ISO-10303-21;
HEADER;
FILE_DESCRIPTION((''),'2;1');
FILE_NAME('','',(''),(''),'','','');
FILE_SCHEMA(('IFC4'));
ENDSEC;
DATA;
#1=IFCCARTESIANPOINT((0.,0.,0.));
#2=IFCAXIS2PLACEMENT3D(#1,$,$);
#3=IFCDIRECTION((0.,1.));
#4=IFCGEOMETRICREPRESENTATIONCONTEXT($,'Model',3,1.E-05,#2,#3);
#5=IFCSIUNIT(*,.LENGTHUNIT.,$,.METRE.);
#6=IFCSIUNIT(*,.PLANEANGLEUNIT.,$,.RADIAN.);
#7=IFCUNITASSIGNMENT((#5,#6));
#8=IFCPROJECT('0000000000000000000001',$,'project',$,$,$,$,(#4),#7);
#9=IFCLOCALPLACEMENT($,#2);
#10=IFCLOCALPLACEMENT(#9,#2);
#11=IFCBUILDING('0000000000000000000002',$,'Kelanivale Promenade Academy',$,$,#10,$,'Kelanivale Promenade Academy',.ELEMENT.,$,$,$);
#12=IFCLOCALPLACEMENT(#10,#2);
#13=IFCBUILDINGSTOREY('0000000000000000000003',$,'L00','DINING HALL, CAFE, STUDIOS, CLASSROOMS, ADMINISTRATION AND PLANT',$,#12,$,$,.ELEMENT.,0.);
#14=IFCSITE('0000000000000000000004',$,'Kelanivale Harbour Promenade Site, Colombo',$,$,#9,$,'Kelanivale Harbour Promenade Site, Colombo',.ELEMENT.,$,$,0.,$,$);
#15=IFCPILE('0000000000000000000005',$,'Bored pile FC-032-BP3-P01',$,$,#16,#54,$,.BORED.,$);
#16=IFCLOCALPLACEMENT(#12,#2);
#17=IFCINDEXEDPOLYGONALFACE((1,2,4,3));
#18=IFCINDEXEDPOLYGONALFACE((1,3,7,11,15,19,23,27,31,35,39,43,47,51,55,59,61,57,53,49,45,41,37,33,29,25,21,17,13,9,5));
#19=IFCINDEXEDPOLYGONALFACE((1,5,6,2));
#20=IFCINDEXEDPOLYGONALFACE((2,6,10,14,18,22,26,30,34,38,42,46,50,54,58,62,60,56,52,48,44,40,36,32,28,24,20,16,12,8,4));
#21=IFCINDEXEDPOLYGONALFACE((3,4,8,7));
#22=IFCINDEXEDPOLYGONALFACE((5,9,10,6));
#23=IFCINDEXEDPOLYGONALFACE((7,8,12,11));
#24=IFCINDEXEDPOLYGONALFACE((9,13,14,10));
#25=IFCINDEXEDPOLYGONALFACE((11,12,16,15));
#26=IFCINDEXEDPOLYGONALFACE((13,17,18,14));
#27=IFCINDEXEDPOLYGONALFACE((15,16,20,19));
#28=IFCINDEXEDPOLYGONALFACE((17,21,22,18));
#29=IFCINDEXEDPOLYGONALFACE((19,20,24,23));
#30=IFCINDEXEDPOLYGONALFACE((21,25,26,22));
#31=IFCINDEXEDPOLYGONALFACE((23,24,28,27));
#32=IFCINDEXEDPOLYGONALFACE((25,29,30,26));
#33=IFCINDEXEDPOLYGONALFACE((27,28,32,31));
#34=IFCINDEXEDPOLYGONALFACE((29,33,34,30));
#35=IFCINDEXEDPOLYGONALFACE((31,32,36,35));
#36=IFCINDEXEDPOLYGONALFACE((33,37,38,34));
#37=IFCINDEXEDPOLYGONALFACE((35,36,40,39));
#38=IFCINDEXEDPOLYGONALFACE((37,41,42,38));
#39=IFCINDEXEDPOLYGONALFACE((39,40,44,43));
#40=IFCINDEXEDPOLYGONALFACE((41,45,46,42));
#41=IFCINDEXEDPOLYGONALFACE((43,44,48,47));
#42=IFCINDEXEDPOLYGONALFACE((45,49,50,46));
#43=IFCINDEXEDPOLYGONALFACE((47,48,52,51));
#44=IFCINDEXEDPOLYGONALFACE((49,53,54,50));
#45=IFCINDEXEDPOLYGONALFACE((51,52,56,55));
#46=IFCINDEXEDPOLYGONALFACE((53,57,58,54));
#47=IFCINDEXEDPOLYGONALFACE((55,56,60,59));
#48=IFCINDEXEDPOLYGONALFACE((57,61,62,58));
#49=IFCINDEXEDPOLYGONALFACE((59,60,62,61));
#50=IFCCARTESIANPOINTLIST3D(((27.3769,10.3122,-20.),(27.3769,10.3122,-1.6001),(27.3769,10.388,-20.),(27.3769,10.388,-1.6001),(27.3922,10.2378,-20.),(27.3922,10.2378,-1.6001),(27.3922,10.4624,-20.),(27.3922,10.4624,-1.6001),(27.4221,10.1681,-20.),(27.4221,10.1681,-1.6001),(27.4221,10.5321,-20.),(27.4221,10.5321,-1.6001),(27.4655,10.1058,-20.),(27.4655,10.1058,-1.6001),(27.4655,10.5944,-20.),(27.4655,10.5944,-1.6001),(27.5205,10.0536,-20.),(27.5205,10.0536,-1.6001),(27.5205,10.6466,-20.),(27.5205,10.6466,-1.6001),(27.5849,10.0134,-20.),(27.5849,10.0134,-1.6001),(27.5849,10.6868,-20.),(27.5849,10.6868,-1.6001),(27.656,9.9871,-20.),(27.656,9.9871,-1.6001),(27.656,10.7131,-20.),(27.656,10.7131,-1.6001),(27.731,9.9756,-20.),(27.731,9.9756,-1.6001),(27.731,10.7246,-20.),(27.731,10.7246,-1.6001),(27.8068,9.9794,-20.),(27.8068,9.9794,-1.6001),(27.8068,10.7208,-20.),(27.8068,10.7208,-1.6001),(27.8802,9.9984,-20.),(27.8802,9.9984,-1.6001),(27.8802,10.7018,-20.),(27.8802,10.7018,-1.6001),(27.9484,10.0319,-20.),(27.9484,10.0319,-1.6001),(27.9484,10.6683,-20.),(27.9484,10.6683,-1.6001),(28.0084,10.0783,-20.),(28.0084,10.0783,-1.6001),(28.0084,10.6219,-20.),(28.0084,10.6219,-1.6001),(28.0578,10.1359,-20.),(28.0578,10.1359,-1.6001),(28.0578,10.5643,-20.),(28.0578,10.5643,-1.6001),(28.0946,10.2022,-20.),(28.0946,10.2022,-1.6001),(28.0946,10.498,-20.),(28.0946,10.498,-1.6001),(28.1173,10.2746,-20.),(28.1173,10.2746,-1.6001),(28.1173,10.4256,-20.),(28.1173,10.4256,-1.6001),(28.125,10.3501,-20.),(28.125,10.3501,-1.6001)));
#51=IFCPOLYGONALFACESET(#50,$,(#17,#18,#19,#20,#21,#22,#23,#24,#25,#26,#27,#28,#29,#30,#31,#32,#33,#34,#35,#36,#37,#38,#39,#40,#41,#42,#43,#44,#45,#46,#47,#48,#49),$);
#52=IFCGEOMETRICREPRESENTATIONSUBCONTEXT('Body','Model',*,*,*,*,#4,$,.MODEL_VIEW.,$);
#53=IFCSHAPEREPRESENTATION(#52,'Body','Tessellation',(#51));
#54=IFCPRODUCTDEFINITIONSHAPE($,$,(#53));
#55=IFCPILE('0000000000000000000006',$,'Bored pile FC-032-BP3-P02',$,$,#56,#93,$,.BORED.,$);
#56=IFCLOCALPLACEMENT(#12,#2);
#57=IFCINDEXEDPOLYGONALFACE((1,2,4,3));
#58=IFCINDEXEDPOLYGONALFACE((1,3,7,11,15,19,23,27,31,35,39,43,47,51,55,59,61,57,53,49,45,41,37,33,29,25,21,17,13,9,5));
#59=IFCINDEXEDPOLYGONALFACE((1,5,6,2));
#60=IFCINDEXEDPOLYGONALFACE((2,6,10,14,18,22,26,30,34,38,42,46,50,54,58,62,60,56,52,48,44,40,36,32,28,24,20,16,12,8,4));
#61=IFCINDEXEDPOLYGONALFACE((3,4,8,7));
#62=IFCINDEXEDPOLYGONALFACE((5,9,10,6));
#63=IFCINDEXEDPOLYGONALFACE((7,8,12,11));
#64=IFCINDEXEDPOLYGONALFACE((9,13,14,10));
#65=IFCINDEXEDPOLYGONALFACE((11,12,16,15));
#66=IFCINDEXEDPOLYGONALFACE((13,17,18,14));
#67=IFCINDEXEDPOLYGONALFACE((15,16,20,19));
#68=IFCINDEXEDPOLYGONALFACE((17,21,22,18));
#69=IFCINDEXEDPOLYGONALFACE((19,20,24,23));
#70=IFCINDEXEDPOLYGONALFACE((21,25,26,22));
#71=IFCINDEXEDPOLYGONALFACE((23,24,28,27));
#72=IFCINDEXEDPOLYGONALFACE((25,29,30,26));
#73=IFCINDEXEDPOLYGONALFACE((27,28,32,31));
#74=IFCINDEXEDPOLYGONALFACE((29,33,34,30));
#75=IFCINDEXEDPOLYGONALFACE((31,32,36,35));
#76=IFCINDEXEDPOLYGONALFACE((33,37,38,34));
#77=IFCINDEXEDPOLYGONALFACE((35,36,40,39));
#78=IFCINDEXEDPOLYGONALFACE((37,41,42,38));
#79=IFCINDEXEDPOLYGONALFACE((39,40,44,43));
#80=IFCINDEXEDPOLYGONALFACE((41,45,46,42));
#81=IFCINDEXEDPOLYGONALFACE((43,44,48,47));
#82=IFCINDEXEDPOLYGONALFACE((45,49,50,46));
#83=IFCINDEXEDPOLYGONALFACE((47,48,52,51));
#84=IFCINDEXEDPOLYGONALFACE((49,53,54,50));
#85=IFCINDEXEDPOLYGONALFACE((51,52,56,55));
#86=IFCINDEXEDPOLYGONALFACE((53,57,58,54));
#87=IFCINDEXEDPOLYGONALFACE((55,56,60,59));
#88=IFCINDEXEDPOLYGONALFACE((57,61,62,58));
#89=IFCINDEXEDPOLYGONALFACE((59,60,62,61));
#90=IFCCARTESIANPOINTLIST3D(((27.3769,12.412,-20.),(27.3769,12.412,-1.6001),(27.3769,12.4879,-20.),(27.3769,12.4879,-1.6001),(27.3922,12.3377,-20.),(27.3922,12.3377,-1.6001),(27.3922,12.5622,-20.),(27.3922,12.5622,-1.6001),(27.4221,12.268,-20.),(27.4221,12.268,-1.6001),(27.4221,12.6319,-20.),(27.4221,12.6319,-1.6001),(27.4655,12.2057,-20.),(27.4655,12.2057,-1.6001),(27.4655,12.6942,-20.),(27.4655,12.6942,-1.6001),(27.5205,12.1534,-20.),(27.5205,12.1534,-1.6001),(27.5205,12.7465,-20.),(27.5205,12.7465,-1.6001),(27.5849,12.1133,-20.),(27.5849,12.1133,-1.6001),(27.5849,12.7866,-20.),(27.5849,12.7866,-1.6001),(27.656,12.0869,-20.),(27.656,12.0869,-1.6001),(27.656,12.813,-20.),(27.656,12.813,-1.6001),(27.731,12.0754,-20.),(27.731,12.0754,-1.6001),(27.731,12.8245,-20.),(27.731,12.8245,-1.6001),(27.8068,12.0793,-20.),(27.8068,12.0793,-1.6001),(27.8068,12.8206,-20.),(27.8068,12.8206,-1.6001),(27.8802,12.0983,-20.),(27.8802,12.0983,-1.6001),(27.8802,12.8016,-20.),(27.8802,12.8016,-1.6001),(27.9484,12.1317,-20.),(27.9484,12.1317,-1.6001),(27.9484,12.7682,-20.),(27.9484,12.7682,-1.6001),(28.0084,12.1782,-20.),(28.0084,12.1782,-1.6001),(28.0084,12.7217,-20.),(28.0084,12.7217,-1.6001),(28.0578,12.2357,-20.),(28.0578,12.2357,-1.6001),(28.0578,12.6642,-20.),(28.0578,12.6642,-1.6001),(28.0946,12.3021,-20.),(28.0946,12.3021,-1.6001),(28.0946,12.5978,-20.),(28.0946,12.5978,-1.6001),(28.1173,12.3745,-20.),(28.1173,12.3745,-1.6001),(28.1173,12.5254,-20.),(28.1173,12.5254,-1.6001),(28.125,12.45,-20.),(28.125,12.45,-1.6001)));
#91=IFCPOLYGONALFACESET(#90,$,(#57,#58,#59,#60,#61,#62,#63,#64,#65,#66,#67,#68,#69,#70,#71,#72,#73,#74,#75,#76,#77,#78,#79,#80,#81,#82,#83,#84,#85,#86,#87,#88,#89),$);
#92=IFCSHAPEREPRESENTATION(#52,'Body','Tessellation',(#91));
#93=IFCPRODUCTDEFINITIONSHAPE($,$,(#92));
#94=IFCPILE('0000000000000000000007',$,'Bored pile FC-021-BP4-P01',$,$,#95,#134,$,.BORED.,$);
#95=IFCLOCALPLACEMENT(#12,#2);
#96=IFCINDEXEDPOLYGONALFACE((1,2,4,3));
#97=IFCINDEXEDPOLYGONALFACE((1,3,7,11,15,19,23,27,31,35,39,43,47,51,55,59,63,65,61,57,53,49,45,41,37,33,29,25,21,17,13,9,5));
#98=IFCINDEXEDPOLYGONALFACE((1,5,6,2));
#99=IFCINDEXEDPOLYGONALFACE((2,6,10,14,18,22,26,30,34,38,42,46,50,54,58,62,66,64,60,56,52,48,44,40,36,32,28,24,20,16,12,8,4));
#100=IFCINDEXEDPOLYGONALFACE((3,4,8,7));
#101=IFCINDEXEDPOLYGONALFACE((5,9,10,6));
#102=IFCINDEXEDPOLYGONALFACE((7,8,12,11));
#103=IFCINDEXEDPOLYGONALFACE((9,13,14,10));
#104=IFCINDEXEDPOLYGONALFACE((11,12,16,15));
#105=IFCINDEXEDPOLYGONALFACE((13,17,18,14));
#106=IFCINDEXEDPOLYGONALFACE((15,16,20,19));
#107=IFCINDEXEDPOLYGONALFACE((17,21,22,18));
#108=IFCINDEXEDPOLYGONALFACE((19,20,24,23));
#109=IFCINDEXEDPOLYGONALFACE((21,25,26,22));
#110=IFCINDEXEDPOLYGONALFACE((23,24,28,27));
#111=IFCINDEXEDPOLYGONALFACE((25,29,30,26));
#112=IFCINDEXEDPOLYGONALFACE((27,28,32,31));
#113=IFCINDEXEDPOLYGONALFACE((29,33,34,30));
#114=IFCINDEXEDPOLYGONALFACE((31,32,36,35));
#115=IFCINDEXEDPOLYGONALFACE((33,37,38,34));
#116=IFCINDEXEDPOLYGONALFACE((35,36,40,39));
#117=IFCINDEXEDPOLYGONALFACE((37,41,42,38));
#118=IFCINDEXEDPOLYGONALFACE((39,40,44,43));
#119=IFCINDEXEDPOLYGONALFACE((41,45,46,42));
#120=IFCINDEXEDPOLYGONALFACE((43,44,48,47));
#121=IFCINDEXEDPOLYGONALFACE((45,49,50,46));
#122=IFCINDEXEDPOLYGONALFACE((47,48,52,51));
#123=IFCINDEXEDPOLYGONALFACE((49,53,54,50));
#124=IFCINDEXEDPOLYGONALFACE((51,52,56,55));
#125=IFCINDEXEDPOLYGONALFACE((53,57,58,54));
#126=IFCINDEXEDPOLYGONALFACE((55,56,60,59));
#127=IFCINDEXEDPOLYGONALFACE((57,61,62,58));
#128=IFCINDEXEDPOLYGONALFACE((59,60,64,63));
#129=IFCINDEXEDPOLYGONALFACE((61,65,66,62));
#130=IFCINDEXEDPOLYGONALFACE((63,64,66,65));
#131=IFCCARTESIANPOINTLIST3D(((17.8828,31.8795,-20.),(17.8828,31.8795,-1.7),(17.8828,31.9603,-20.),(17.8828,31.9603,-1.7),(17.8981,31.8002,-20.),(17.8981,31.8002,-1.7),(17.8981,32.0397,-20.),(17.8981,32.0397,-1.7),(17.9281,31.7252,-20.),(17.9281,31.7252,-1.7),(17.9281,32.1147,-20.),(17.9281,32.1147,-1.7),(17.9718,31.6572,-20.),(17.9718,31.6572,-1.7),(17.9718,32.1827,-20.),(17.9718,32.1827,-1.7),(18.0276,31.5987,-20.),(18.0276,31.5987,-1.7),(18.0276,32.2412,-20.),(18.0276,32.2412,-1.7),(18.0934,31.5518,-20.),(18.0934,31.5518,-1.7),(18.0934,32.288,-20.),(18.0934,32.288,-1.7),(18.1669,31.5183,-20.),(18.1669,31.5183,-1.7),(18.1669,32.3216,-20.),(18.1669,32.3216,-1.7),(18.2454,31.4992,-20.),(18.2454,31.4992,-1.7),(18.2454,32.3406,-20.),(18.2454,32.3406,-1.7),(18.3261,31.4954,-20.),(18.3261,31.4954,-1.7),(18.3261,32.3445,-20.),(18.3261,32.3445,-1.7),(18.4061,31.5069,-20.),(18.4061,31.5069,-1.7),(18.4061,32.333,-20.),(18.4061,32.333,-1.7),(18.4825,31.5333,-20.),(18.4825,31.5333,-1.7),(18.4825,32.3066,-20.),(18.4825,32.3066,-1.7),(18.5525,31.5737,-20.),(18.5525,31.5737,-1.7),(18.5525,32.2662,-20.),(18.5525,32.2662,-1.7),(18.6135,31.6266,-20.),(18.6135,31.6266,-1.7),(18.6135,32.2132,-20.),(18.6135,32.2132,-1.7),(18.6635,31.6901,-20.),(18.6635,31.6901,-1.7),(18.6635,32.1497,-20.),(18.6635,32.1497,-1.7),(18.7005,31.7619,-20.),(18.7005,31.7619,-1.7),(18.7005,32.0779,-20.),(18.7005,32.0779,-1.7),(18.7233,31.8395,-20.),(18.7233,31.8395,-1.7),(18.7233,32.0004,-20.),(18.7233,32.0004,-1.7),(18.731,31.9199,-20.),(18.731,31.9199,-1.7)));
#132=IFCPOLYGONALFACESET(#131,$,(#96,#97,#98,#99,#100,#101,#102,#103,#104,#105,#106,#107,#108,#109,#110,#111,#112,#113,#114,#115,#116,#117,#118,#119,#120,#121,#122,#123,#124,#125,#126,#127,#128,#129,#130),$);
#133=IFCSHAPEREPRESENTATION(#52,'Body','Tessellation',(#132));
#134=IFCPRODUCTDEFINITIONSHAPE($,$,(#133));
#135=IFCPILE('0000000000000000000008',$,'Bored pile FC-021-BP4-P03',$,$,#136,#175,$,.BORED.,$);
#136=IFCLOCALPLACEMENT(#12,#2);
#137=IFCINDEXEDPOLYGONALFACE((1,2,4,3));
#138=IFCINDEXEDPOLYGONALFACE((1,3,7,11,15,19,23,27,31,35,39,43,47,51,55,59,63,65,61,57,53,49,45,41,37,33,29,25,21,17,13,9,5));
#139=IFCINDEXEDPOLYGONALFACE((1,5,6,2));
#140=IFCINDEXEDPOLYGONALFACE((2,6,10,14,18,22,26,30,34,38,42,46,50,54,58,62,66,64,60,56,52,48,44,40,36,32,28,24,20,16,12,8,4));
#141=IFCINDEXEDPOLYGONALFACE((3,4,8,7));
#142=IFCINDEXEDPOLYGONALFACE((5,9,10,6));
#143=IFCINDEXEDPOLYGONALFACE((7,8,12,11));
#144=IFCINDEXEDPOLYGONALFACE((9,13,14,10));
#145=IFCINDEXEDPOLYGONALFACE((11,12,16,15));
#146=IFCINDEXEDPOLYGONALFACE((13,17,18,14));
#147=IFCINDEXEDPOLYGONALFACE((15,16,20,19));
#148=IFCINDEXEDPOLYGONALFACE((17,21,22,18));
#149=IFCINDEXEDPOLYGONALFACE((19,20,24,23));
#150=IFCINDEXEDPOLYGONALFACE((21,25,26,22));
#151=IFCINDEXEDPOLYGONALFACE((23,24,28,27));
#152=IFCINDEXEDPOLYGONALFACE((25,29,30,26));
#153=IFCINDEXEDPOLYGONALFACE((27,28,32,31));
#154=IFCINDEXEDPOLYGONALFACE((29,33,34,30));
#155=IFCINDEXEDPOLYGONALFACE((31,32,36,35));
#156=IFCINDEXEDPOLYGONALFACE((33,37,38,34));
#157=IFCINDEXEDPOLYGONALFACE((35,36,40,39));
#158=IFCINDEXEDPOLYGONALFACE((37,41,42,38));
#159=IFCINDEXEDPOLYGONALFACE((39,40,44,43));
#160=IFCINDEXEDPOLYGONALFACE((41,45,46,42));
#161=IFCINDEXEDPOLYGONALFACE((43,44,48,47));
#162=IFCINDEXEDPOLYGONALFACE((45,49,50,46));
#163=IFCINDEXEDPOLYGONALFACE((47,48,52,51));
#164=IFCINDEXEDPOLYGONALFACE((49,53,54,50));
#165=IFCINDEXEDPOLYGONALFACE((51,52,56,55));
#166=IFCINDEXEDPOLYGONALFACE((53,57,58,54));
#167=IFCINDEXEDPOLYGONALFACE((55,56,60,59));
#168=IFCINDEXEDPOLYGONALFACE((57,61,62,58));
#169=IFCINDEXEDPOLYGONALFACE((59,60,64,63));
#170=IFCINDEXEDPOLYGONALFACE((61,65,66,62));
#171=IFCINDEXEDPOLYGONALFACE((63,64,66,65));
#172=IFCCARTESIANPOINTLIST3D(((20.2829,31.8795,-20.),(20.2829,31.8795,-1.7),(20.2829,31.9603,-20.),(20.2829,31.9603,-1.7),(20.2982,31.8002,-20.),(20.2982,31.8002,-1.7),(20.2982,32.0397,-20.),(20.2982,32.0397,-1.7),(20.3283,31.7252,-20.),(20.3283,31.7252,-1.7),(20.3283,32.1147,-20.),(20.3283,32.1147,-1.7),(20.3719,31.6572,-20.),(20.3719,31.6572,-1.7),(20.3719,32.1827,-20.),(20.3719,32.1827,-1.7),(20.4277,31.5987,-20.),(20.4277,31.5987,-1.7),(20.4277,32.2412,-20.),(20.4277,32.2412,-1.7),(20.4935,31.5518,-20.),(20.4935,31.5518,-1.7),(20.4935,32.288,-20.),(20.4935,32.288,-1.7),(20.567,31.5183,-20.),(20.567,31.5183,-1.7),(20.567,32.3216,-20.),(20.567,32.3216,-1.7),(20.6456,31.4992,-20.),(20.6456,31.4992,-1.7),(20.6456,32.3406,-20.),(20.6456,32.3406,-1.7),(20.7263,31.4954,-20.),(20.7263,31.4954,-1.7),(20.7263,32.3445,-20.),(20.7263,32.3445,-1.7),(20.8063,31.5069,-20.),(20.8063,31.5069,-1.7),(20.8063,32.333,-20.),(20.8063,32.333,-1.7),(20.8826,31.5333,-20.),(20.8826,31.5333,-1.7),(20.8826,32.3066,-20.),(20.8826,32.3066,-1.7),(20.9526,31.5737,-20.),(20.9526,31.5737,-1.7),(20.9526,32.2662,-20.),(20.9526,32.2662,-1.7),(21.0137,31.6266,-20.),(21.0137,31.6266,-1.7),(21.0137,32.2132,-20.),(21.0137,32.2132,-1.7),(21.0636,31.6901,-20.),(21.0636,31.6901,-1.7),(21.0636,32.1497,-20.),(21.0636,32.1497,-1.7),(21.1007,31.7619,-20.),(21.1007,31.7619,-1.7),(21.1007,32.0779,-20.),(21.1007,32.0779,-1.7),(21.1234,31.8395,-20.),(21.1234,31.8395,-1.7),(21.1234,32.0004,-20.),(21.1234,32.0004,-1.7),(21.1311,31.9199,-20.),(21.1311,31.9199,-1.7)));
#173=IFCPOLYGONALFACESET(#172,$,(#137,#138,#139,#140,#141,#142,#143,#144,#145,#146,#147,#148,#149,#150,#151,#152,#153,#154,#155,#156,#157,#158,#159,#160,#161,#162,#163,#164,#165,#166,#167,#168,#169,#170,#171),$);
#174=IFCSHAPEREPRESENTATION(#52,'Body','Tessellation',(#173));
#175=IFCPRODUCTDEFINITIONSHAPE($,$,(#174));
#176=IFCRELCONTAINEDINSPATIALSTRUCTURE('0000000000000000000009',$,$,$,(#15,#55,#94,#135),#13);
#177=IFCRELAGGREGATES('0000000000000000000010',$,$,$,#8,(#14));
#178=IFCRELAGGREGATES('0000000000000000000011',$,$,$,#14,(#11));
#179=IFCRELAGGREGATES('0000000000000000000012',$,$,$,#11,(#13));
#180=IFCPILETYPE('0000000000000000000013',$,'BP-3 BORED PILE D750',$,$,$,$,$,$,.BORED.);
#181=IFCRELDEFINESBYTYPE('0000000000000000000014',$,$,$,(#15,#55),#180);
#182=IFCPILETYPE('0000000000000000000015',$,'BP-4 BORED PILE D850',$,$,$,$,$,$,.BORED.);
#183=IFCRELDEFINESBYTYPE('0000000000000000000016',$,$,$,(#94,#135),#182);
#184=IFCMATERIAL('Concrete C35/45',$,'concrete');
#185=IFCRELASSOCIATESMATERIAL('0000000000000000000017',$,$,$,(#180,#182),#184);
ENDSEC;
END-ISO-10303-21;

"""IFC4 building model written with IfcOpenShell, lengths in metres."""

from ifc_helpers import new_model, si_unit, direction, frame, origin, origin_2d, place, context, subcontext, project, spatial, circle, extrude, material, material_profile, profile_set, type_object, element, save


model = new_model("IFC4")

# Units and contexts
model_context = context("Model", 3, precision=1e-05, world=origin(), true_north=direction((0.0, 1.0)))
body_context = subcontext(model_context, "Body", "Model", "MODEL_VIEW")
ifc_project = project(units=[si_unit("LENGTHUNIT", "METRE"), si_unit("PLANEANGLEUNIT", "RADIAN")], contexts=[model_context])

# Site, building, storey
site_placement = place(None, origin())
site = spatial("IfcSite", under=ifc_project, at=site_placement, Name="Kelanivale Harbour Promenade Site, Colombo", LongName="Kelanivale Harbour Promenade Site, Colombo", CompositionType="ELEMENT", RefElevation=0.0)
building_placement = place(site_placement, origin())
building = spatial("IfcBuilding", under=site, at=building_placement, Name="Kelanivale Promenade Academy", LongName="Kelanivale Promenade Academy", CompositionType="ELEMENT")
storey_placement = place(building_placement, origin())
storey = spatial("IfcBuildingStorey", under=building, at=storey_placement, Name="L00", Description="DINING HALL, CAFE, STUDIOS, CLASSROOMS, ADMINISTRATION AND PLANT", CompositionType="ELEMENT", Elevation=0.0)

# Piles
ifc_material_1 = material(Name="Concrete C35/45", Category="concrete")
ifc_material_profile_1 = material_profile(ifc_material_1, circle(Radius=0.375, at=origin_2d()), Name="BORED PILE D750")
ifc_profile_set_1 = profile_set([ifc_material_profile_1], Name="Concrete C35/45")
pile_type_1 = type_object("IfcPileType", Name="BP-3 BORED PILE D750", PredefinedType="BORED", material=ifc_profile_set_1)
for number, where, z_axis, x_axis, name in (
    (1, (27.75, 10.3501, -1.6001), (0.0, 0.0, -1.0), (1.0, 0.0, 0.0), "Bored pile FC-032-BP3-P01"),
    (2, (27.75, 12.45, -1.6001), (0.0, 0.0, -1.0), (1.0, 0.0, 0.0), "Bored pile FC-032-BP3-P02"),
):
    element("IfcPile", number, at=place(storey_placement, frame(where, z_axis=z_axis, x_axis=x_axis)), inside=storey, type_object=pile_type_1, Name=name, PredefinedType="BORED", context=body_context, shape_type="SweptSolid", body=[
        extrude(circle(Radius=0.375, at=origin_2d()), origin(), (0.0, 0.0, 1.0), 18.3999),
    ])
ifc_material_profile_2 = material_profile(ifc_material_1, circle(Radius=0.425, at=origin_2d()), Name="BORED PILE D850")
ifc_profile_set_2 = profile_set([ifc_material_profile_2], Name="Concrete C35/45")
pile_type_2 = type_object("IfcPileType", Name="BP-4 BORED PILE D850", PredefinedType="BORED", material=ifc_profile_set_2)
for number, where, z_axis, x_axis, name in (
    (3, (18.3059, 31.9199, -1.7), (0.0, 0.0, -1.0), (1.0, 0.0, 0.0), "Bored pile FC-021-BP4-P01"),
    (4, (20.7061, 31.9199, -1.7), (0.0, 0.0, -1.0), (1.0, 0.0, 0.0), "Bored pile FC-021-BP4-P03"),
):
    element("IfcPile", number, at=place(storey_placement, frame(where, z_axis=z_axis, x_axis=x_axis)), inside=storey, type_object=pile_type_2, Name=name, PredefinedType="BORED", context=body_context, shape_type="SweptSolid", body=[
        extrude(circle(Radius=0.425, at=origin_2d()), origin(), (0.0, 0.0, 1.0), 18.3),
    ])

save(model, "model.ifc")
